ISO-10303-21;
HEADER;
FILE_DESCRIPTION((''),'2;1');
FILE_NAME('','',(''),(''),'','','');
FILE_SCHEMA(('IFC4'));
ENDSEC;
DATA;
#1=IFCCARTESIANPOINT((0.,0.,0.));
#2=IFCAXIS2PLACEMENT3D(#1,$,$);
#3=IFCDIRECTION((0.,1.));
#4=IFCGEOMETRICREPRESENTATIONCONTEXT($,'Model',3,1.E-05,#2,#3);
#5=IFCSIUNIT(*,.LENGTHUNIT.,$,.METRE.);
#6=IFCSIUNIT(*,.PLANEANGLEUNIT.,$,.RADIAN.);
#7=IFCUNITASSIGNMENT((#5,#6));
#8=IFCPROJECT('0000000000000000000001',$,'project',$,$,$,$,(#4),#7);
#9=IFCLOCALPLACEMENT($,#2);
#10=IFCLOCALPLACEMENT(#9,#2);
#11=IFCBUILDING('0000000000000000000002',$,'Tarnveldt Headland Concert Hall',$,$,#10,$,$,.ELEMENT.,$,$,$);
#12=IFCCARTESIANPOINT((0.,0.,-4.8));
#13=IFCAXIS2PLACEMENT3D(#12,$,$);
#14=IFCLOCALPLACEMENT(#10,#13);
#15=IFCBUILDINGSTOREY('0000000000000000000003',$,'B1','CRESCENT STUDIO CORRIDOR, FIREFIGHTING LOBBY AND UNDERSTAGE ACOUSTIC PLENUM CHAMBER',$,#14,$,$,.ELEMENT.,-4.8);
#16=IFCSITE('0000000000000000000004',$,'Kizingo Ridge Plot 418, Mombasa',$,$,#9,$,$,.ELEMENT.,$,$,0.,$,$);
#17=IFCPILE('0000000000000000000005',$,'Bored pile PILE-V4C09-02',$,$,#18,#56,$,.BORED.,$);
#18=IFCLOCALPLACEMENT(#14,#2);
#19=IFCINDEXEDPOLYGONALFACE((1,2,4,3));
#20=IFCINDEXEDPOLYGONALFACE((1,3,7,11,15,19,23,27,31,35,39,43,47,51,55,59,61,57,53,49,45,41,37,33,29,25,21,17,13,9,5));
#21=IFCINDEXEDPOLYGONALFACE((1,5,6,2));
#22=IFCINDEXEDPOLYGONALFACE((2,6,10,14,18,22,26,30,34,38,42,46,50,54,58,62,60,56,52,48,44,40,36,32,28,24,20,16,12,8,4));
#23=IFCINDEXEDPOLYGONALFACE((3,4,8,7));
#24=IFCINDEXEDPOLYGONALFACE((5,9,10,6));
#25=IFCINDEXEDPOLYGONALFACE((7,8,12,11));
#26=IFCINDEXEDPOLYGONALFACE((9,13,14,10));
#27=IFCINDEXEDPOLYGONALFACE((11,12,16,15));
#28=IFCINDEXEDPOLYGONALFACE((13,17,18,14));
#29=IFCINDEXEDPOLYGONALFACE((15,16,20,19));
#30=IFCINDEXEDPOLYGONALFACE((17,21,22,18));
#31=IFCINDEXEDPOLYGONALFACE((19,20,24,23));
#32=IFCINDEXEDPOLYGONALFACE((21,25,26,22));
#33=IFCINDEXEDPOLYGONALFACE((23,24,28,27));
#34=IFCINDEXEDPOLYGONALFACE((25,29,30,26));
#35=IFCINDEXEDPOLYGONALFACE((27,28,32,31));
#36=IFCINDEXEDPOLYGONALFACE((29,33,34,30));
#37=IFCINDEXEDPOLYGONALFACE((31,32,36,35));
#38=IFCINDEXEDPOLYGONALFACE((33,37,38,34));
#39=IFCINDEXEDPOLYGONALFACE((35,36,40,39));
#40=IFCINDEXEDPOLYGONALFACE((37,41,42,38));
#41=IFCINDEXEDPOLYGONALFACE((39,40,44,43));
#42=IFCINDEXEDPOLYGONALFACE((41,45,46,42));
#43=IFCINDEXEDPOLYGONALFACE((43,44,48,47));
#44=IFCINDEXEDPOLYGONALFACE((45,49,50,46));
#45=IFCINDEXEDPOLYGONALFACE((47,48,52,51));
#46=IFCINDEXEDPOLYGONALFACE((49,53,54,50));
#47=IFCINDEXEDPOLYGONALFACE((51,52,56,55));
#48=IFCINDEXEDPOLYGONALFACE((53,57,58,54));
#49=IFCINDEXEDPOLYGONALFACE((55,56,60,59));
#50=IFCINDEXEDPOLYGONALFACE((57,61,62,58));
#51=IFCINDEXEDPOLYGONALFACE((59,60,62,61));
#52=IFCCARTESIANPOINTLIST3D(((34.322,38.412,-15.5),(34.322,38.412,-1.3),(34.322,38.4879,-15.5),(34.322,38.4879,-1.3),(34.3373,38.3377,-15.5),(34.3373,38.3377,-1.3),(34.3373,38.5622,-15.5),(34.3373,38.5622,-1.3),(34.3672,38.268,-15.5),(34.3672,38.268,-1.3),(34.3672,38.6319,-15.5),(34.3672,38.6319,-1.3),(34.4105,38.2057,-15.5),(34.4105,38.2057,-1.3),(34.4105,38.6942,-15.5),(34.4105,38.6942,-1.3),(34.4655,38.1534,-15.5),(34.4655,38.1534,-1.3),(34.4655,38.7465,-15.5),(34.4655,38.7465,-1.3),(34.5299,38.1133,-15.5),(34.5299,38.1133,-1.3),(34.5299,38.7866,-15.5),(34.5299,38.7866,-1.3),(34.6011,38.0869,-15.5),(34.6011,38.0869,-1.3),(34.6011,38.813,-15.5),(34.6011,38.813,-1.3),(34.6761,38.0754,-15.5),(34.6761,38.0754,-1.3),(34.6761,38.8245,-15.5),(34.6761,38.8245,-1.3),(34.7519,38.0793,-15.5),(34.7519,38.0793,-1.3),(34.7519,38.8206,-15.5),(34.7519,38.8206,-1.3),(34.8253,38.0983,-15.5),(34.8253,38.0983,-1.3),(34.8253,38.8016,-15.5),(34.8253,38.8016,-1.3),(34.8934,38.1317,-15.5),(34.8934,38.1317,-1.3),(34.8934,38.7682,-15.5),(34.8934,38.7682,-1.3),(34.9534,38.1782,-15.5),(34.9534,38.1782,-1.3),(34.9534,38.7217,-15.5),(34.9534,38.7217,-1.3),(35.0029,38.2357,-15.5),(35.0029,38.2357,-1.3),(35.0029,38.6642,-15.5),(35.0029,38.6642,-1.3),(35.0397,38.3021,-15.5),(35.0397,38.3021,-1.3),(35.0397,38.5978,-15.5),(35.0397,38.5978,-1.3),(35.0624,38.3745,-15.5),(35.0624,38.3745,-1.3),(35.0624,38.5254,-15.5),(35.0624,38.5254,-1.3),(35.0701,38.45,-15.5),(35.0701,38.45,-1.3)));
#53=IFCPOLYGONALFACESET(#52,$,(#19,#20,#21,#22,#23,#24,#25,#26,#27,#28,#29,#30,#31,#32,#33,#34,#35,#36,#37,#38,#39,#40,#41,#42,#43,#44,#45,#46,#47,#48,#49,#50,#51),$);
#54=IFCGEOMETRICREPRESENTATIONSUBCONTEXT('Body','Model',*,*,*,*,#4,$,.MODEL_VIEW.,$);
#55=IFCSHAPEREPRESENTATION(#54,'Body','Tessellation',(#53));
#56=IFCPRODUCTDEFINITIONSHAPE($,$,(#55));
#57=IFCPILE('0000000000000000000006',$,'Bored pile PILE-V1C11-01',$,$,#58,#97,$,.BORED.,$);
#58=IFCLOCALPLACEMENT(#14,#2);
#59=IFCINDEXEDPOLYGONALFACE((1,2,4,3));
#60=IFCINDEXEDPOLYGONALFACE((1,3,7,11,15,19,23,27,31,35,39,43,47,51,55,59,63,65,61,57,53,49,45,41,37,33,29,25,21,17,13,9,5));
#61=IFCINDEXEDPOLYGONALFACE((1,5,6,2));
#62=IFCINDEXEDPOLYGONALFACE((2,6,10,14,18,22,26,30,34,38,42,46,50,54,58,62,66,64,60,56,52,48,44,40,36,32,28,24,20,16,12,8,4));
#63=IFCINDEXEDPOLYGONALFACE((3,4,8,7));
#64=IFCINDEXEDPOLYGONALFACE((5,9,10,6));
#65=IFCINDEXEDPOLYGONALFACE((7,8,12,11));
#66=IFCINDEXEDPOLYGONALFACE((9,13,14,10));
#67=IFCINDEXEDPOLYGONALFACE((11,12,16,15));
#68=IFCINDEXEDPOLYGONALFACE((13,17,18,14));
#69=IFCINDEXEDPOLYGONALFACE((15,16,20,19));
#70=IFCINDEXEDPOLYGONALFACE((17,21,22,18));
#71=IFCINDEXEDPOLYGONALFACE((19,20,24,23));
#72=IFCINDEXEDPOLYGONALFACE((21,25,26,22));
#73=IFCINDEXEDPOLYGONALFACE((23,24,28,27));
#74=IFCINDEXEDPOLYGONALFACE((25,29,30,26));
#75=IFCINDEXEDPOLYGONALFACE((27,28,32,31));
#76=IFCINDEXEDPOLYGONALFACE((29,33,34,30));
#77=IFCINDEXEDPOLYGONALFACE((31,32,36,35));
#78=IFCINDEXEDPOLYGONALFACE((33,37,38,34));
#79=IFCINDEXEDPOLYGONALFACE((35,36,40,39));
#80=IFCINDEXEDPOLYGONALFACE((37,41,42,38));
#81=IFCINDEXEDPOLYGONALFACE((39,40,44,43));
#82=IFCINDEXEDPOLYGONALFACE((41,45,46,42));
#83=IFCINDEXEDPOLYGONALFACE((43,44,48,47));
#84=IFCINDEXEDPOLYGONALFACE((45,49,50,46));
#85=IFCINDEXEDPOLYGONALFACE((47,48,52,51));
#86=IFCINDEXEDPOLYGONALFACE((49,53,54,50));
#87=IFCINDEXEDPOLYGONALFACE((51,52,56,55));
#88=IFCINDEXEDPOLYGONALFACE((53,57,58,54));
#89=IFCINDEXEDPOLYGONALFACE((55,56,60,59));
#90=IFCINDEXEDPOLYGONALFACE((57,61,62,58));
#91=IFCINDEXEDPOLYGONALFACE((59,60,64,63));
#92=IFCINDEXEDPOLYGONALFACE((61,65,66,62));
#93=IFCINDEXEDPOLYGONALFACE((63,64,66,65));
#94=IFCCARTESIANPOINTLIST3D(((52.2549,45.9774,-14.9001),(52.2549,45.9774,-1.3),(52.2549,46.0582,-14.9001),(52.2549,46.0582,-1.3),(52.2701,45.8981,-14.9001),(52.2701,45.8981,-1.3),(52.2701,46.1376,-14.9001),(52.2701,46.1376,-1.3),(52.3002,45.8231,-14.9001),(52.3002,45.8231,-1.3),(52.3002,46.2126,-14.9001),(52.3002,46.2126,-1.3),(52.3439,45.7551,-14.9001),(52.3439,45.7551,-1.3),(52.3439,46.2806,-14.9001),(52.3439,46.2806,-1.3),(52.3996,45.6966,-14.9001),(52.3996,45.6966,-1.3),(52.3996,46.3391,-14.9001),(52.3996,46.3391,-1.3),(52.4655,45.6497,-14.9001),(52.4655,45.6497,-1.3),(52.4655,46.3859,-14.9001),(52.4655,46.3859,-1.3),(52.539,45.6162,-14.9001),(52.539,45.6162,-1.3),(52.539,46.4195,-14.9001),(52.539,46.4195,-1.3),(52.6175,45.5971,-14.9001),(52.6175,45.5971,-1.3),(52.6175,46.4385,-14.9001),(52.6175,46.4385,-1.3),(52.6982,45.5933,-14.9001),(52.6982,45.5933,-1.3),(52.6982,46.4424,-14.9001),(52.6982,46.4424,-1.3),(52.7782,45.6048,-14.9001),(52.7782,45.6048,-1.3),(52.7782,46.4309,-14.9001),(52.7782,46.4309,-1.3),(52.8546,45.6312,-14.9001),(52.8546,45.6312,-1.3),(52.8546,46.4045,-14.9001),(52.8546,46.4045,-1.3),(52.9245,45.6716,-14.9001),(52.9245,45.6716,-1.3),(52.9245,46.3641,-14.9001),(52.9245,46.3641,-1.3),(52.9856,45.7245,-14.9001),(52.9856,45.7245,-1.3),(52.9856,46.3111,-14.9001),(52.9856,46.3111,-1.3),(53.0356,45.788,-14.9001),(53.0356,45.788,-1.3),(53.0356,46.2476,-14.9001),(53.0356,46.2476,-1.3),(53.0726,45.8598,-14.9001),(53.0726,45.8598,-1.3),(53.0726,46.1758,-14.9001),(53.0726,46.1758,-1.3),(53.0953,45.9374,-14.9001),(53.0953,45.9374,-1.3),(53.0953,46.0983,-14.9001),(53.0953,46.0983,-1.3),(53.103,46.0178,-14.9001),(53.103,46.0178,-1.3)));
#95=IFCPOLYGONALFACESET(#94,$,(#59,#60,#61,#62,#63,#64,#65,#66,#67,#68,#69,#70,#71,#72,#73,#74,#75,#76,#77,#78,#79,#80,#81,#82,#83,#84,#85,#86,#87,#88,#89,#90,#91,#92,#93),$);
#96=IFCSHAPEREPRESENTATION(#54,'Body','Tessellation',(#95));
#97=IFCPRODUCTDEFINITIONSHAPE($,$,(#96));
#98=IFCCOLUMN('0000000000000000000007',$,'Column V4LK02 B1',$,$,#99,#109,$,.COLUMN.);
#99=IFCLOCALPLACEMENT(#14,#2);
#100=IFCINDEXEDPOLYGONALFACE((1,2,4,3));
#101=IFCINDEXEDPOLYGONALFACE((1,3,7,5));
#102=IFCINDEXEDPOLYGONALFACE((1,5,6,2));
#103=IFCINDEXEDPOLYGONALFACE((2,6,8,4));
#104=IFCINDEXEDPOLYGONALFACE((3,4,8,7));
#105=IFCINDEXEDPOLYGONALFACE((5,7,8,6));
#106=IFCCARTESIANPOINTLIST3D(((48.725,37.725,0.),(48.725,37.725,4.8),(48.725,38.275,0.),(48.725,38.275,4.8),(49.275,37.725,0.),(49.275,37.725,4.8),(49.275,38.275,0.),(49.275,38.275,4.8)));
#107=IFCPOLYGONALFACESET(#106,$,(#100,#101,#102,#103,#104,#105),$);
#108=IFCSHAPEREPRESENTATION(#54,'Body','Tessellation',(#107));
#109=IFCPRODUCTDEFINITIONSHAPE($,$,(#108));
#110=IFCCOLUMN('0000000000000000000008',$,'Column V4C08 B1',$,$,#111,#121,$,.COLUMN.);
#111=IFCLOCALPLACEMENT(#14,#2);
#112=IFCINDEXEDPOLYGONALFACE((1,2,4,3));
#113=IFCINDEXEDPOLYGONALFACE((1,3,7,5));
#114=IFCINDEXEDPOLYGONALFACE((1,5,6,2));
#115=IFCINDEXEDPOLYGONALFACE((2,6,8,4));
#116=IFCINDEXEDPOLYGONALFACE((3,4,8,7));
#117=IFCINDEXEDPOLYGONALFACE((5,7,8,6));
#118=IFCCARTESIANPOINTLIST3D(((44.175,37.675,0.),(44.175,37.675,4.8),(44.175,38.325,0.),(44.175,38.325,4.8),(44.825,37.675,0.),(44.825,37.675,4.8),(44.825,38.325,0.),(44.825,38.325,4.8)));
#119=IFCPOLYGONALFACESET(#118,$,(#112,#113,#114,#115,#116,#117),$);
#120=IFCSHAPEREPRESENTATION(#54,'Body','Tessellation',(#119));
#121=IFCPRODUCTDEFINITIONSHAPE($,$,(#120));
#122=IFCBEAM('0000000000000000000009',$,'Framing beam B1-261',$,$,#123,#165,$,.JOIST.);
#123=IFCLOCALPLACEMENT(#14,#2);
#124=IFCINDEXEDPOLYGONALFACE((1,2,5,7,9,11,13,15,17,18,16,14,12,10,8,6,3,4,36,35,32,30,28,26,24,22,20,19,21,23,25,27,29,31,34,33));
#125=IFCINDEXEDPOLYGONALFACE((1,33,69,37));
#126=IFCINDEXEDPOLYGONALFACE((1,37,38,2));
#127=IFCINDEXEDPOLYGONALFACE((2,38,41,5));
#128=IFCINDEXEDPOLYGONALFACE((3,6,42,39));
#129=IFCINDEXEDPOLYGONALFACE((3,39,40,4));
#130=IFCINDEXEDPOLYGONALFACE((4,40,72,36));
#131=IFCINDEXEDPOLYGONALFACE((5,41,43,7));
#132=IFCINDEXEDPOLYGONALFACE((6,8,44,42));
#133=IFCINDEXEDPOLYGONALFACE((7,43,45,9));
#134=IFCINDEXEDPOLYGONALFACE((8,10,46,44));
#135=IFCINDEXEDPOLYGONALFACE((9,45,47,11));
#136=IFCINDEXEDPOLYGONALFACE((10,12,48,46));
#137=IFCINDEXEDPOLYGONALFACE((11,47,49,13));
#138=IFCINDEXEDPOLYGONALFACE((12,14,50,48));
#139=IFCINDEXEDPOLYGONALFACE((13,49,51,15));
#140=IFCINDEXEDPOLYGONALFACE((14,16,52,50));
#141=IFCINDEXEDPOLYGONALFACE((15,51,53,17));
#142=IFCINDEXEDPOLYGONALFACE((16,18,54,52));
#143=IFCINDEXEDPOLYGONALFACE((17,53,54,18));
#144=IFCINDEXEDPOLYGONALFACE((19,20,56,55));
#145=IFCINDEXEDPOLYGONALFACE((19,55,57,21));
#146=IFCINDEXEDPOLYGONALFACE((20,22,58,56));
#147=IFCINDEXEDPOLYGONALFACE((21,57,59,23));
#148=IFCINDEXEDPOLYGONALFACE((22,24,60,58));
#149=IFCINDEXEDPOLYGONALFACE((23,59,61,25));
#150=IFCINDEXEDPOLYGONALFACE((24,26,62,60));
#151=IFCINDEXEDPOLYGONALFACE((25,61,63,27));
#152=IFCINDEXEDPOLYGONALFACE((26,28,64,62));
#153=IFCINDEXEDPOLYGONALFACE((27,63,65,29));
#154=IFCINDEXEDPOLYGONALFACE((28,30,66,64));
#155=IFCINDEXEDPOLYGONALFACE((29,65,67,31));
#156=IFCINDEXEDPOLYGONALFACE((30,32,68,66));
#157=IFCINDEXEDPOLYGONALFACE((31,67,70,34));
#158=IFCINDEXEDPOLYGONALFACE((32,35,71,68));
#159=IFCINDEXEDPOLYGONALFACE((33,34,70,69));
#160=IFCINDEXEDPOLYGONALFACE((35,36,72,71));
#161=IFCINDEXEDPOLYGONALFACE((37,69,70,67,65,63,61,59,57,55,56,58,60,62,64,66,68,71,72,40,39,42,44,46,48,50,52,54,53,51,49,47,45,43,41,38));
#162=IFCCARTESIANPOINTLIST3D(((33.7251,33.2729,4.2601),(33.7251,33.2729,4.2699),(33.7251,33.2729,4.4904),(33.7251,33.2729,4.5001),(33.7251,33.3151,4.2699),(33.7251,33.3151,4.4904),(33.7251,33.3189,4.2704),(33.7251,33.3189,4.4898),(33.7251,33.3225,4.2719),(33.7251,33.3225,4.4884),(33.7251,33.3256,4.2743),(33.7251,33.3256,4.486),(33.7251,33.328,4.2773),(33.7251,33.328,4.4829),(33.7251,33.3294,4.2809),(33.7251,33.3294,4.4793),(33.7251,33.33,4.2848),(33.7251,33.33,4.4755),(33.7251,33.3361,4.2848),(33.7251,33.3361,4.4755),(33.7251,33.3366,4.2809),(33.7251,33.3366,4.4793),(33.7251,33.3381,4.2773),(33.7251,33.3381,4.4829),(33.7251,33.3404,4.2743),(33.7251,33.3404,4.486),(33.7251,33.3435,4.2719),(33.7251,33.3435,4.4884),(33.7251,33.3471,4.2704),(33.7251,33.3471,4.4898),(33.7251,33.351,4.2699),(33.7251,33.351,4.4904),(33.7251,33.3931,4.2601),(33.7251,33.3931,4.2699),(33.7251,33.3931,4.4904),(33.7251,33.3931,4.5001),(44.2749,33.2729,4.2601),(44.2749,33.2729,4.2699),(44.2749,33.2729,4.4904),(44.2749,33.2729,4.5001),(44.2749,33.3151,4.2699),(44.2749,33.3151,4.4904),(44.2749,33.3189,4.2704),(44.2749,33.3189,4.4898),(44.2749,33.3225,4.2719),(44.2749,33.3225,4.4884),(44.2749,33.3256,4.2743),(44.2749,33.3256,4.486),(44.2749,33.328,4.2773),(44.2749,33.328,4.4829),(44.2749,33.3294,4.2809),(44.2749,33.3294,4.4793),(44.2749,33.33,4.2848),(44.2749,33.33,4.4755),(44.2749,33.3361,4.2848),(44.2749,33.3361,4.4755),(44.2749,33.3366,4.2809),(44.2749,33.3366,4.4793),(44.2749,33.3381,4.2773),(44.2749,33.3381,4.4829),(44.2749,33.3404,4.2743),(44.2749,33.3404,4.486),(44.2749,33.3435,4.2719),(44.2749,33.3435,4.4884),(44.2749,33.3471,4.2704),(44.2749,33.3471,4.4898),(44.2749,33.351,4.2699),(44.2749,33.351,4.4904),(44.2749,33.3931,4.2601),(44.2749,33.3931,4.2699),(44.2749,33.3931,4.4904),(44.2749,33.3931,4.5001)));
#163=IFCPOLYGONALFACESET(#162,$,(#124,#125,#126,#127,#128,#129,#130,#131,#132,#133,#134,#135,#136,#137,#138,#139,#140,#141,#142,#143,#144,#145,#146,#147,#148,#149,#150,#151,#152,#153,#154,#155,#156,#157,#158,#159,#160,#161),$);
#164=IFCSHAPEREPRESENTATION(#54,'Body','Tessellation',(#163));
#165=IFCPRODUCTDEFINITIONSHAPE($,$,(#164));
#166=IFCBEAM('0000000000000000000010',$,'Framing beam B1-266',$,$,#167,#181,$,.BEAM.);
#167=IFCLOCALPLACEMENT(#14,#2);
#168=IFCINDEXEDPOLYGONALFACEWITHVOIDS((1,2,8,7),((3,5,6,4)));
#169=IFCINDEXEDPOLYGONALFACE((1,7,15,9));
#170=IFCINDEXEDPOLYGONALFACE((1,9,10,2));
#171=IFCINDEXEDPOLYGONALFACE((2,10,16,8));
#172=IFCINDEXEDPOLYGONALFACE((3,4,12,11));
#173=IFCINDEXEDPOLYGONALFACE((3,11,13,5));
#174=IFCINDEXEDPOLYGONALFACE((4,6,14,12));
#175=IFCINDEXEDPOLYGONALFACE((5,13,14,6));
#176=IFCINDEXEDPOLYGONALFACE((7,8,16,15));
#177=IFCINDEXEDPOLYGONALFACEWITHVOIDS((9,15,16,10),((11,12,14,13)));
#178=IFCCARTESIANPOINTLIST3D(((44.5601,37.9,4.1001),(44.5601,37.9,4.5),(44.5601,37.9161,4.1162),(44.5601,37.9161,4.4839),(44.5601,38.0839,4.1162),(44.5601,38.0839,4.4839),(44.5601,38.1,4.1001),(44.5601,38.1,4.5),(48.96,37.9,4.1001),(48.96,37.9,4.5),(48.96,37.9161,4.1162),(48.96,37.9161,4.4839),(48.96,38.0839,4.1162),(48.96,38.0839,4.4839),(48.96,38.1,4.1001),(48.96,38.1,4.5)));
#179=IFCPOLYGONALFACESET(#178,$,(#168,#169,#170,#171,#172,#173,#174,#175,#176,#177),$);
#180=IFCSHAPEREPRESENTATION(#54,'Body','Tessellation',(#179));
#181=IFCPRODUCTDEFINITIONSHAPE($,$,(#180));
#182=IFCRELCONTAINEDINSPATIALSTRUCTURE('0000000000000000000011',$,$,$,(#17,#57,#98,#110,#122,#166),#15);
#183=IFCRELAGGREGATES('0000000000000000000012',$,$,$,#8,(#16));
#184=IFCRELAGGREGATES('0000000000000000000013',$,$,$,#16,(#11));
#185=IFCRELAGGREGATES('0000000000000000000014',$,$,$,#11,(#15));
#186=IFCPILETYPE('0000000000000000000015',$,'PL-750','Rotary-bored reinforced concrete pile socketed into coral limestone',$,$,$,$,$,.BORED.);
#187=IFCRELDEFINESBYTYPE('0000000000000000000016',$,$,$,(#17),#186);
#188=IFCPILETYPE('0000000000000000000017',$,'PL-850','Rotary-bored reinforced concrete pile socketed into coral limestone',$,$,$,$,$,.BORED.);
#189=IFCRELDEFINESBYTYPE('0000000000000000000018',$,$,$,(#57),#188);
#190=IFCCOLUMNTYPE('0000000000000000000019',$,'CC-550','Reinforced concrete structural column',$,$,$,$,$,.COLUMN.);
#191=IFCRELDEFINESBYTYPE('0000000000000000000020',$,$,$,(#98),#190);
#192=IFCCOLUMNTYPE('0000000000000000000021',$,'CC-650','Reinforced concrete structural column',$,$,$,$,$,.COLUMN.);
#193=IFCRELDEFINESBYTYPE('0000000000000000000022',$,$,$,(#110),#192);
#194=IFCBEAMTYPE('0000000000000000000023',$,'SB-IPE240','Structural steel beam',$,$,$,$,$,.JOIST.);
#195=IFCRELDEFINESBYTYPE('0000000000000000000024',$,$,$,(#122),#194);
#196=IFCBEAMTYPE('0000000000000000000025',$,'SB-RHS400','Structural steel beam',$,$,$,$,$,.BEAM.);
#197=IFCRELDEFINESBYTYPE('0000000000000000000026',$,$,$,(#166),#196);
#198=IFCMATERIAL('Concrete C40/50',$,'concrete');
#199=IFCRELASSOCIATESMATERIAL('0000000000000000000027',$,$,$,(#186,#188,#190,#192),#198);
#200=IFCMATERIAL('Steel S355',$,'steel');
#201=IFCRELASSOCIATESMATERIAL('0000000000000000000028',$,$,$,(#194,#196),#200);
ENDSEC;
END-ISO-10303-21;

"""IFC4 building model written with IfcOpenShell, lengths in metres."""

from ifc_helpers import new_model, si_unit, direction, frame, origin, origin_2d, place, context, subcontext, project, spatial, rectangle, hollow_rectangle, circle, i_section, extrude, material, material_profile, profile_set, type_object, element, save


model = new_model("IFC4")

# Units and contexts
model_context = context("Model", 3, precision=1e-05, world=origin(), true_north=direction((0.0, 1.0)))
body_context = subcontext(model_context, "Body", "Model", "MODEL_VIEW")
ifc_project = project(units=[si_unit("LENGTHUNIT", "METRE"), si_unit("PLANEANGLEUNIT", "RADIAN")], contexts=[model_context])

# Site, building, storey
site_placement = place(None, origin())
site = spatial("IfcSite", under=ifc_project, at=site_placement, Name="Kizingo Ridge Plot 418, Mombasa", CompositionType="ELEMENT", RefElevation=0.0)
building_placement = place(site_placement, origin())
building = spatial("IfcBuilding", under=site, at=building_placement, Name="Tarnveldt Headland Concert Hall", CompositionType="ELEMENT")
storey_placement = place(building_placement, frame((0.0, 0.0, -4.8)))
storey = spatial("IfcBuildingStorey", under=building, at=storey_placement, Name="B1", Description="CRESCENT STUDIO CORRIDOR, FIREFIGHTING LOBBY AND UNDERSTAGE ACOUSTIC PLENUM CHAMBER", CompositionType="ELEMENT", Elevation=-4.8)

# Shared definitions
ifc_material_1 = material(Name="Concrete C40/50", Category="concrete")

# Piles
ifc_material_profile_1 = material_profile(ifc_material_1, circle(Radius=0.375, at=origin_2d()), Name="BORED PILE D750", Category="concrete")
ifc_profile_set_1 = profile_set([ifc_material_profile_1], Name="Concrete C40/50")
pile_type_1 = type_object("IfcPileType", Name="PL-750", Description="Rotary-bored reinforced concrete pile socketed into coral limestone", PredefinedType="BORED", material=ifc_profile_set_1)
pile_1_placement = place(storey_placement, frame((34.6951, 38.45, -1.3), z_axis=(0.0, 0.0, -1.0), x_axis=(1.0, 0.0, 0.0)))
element("IfcPile", 1, at=pile_1_placement, inside=storey, type_object=pile_type_1, Name="Bored pile PILE-V4C09-02", PredefinedType="BORED", context=body_context, shape_type="SweptSolid", body=[
    extrude(circle(Radius=0.375, at=origin_2d()), origin(), (0.0, 0.0, 1.0), 14.2),
])
ifc_material_profile_2 = material_profile(ifc_material_1, circle(Radius=0.425, at=origin_2d()), Name="BORED PILE D850", Category="concrete")
ifc_profile_set_2 = profile_set([ifc_material_profile_2], Name="Concrete C40/50")
pile_type_2 = type_object("IfcPileType", Name="PL-850", Description="Rotary-bored reinforced concrete pile socketed into coral limestone", PredefinedType="BORED", material=ifc_profile_set_2)
pile_2_placement = place(storey_placement, frame((52.678, 46.0178, -1.3), z_axis=(0.0, 0.0, -1.0), x_axis=(1.0, 0.0, 0.0)))
element("IfcPile", 2, at=pile_2_placement, inside=storey, type_object=pile_type_2, Name="Bored pile PILE-V1C11-01", PredefinedType="BORED", context=body_context, shape_type="SweptSolid", body=[
    extrude(circle(Radius=0.425, at=origin_2d()), origin(), (0.0, 0.0, 1.0), 13.6001),
])

# Columns
ifc_material_profile_3 = material_profile(ifc_material_1, rectangle(XDim=0.55, YDim=0.55, at=origin_2d()), Name="RC 550x550", Category="concrete")
ifc_profile_set_3 = profile_set([ifc_material_profile_3], Name="Concrete C40/50")
column_type_1 = type_object("IfcColumnType", Name="CC-550", Description="Reinforced concrete structural column", PredefinedType="COLUMN", material=ifc_profile_set_3)
column_1_placement = place(storey_placement, frame((49.0, 38.0, 0.0), z_axis=(0.0, 0.0, 1.0), x_axis=(1.0, 0.0, 0.0)))
element("IfcColumn", 3, at=column_1_placement, inside=storey, type_object=column_type_1, Name="Column V4LK02 B1", PredefinedType="COLUMN", context=body_context, shape_type="SweptSolid", body=[
    extrude(rectangle(XDim=0.55, YDim=0.55, at=origin_2d()), origin(), (0.0, 0.0, 1.0), 4.8),
])
ifc_material_profile_4 = material_profile(ifc_material_1, rectangle(XDim=0.6499, YDim=0.6499, at=origin_2d()), Name="RC 650x650", Category="concrete")
ifc_profile_set_4 = profile_set([ifc_material_profile_4], Name="Concrete C40/50")
column_type_2 = type_object("IfcColumnType", Name="CC-650", Description="Reinforced concrete structural column", PredefinedType="COLUMN", material=ifc_profile_set_4)
column_2_placement = place(storey_placement, frame((44.5, 38.0, 0.0), z_axis=(0.0, 0.0, 1.0), x_axis=(1.0, 0.0, 0.0)))
element("IfcColumn", 4, at=column_2_placement, inside=storey, type_object=column_type_2, Name="Column V4C08 B1", PredefinedType="COLUMN", context=body_context, shape_type="SweptSolid", body=[
    extrude(rectangle(XDim=0.6499, YDim=0.6499, at=origin_2d()), origin(), (0.0, 0.0, 1.0), 4.8),
])

# Beams
ifc_material_2 = material(Name="Steel S355", Category="steel")
ifc_material_profile_5 = material_profile(ifc_material_2, i_section(OverallWidth=0.1201, OverallDepth=0.24, WebThickness=0.0061, FlangeThickness=0.0098, FilletRadius=0.0149, at=origin_2d()), Name="IPE240", Category="steel")
ifc_profile_set_5 = profile_set([ifc_material_profile_5], Name="Steel S355")
beam_type_1 = type_object("IfcBeamType", Name="SB-IPE240", Description="Structural steel beam", PredefinedType="JOIST", material=ifc_profile_set_5)
beam_1_placement = place(storey_placement, frame((33.7251, 33.333, 4.3801), z_axis=(1.0, 0.0, 0.0), x_axis=(0.0, 1.0, 0.0)))
element("IfcBeam", 5, at=beam_1_placement, inside=storey, type_object=beam_type_1, Name="Framing beam B1-261", PredefinedType="JOIST", context=body_context, shape_type="SweptSolid", body=[
    extrude(i_section(OverallWidth=0.1201, OverallDepth=0.24, WebThickness=0.0061, FlangeThickness=0.0098, FilletRadius=0.0149, at=origin_2d()), origin(), (0.0, 0.0, 1.0), 10.5498),
])
ifc_material_profile_6 = material_profile(ifc_material_2, hollow_rectangle(XDim=0.2, YDim=0.3999, WallThickness=0.0161, at=origin_2d()), Name="RHS 400x200x16", Category="steel")
ifc_profile_set_6 = profile_set([ifc_material_profile_6], Name="Steel S355")
beam_type_2 = type_object("IfcBeamType", Name="SB-RHS400", Description="Structural steel beam", PredefinedType="BEAM", material=ifc_profile_set_6)
beam_2_placement = place(storey_placement, frame((44.5601, 38.0, 4.3), z_axis=(1.0, 0.0, 0.0), x_axis=(0.0, 1.0, 0.0)))
element("IfcBeam", 6, at=beam_2_placement, inside=storey, type_object=beam_type_2, Name="Framing beam B1-266", PredefinedType="BEAM", context=body_context, shape_type="SweptSolid", body=[
    extrude(hollow_rectangle(XDim=0.2, YDim=0.3999, WallThickness=0.0161, at=origin_2d()), origin(), (0.0, 0.0, 1.0), 4.3999),
])

save(model, "model.ifc")
